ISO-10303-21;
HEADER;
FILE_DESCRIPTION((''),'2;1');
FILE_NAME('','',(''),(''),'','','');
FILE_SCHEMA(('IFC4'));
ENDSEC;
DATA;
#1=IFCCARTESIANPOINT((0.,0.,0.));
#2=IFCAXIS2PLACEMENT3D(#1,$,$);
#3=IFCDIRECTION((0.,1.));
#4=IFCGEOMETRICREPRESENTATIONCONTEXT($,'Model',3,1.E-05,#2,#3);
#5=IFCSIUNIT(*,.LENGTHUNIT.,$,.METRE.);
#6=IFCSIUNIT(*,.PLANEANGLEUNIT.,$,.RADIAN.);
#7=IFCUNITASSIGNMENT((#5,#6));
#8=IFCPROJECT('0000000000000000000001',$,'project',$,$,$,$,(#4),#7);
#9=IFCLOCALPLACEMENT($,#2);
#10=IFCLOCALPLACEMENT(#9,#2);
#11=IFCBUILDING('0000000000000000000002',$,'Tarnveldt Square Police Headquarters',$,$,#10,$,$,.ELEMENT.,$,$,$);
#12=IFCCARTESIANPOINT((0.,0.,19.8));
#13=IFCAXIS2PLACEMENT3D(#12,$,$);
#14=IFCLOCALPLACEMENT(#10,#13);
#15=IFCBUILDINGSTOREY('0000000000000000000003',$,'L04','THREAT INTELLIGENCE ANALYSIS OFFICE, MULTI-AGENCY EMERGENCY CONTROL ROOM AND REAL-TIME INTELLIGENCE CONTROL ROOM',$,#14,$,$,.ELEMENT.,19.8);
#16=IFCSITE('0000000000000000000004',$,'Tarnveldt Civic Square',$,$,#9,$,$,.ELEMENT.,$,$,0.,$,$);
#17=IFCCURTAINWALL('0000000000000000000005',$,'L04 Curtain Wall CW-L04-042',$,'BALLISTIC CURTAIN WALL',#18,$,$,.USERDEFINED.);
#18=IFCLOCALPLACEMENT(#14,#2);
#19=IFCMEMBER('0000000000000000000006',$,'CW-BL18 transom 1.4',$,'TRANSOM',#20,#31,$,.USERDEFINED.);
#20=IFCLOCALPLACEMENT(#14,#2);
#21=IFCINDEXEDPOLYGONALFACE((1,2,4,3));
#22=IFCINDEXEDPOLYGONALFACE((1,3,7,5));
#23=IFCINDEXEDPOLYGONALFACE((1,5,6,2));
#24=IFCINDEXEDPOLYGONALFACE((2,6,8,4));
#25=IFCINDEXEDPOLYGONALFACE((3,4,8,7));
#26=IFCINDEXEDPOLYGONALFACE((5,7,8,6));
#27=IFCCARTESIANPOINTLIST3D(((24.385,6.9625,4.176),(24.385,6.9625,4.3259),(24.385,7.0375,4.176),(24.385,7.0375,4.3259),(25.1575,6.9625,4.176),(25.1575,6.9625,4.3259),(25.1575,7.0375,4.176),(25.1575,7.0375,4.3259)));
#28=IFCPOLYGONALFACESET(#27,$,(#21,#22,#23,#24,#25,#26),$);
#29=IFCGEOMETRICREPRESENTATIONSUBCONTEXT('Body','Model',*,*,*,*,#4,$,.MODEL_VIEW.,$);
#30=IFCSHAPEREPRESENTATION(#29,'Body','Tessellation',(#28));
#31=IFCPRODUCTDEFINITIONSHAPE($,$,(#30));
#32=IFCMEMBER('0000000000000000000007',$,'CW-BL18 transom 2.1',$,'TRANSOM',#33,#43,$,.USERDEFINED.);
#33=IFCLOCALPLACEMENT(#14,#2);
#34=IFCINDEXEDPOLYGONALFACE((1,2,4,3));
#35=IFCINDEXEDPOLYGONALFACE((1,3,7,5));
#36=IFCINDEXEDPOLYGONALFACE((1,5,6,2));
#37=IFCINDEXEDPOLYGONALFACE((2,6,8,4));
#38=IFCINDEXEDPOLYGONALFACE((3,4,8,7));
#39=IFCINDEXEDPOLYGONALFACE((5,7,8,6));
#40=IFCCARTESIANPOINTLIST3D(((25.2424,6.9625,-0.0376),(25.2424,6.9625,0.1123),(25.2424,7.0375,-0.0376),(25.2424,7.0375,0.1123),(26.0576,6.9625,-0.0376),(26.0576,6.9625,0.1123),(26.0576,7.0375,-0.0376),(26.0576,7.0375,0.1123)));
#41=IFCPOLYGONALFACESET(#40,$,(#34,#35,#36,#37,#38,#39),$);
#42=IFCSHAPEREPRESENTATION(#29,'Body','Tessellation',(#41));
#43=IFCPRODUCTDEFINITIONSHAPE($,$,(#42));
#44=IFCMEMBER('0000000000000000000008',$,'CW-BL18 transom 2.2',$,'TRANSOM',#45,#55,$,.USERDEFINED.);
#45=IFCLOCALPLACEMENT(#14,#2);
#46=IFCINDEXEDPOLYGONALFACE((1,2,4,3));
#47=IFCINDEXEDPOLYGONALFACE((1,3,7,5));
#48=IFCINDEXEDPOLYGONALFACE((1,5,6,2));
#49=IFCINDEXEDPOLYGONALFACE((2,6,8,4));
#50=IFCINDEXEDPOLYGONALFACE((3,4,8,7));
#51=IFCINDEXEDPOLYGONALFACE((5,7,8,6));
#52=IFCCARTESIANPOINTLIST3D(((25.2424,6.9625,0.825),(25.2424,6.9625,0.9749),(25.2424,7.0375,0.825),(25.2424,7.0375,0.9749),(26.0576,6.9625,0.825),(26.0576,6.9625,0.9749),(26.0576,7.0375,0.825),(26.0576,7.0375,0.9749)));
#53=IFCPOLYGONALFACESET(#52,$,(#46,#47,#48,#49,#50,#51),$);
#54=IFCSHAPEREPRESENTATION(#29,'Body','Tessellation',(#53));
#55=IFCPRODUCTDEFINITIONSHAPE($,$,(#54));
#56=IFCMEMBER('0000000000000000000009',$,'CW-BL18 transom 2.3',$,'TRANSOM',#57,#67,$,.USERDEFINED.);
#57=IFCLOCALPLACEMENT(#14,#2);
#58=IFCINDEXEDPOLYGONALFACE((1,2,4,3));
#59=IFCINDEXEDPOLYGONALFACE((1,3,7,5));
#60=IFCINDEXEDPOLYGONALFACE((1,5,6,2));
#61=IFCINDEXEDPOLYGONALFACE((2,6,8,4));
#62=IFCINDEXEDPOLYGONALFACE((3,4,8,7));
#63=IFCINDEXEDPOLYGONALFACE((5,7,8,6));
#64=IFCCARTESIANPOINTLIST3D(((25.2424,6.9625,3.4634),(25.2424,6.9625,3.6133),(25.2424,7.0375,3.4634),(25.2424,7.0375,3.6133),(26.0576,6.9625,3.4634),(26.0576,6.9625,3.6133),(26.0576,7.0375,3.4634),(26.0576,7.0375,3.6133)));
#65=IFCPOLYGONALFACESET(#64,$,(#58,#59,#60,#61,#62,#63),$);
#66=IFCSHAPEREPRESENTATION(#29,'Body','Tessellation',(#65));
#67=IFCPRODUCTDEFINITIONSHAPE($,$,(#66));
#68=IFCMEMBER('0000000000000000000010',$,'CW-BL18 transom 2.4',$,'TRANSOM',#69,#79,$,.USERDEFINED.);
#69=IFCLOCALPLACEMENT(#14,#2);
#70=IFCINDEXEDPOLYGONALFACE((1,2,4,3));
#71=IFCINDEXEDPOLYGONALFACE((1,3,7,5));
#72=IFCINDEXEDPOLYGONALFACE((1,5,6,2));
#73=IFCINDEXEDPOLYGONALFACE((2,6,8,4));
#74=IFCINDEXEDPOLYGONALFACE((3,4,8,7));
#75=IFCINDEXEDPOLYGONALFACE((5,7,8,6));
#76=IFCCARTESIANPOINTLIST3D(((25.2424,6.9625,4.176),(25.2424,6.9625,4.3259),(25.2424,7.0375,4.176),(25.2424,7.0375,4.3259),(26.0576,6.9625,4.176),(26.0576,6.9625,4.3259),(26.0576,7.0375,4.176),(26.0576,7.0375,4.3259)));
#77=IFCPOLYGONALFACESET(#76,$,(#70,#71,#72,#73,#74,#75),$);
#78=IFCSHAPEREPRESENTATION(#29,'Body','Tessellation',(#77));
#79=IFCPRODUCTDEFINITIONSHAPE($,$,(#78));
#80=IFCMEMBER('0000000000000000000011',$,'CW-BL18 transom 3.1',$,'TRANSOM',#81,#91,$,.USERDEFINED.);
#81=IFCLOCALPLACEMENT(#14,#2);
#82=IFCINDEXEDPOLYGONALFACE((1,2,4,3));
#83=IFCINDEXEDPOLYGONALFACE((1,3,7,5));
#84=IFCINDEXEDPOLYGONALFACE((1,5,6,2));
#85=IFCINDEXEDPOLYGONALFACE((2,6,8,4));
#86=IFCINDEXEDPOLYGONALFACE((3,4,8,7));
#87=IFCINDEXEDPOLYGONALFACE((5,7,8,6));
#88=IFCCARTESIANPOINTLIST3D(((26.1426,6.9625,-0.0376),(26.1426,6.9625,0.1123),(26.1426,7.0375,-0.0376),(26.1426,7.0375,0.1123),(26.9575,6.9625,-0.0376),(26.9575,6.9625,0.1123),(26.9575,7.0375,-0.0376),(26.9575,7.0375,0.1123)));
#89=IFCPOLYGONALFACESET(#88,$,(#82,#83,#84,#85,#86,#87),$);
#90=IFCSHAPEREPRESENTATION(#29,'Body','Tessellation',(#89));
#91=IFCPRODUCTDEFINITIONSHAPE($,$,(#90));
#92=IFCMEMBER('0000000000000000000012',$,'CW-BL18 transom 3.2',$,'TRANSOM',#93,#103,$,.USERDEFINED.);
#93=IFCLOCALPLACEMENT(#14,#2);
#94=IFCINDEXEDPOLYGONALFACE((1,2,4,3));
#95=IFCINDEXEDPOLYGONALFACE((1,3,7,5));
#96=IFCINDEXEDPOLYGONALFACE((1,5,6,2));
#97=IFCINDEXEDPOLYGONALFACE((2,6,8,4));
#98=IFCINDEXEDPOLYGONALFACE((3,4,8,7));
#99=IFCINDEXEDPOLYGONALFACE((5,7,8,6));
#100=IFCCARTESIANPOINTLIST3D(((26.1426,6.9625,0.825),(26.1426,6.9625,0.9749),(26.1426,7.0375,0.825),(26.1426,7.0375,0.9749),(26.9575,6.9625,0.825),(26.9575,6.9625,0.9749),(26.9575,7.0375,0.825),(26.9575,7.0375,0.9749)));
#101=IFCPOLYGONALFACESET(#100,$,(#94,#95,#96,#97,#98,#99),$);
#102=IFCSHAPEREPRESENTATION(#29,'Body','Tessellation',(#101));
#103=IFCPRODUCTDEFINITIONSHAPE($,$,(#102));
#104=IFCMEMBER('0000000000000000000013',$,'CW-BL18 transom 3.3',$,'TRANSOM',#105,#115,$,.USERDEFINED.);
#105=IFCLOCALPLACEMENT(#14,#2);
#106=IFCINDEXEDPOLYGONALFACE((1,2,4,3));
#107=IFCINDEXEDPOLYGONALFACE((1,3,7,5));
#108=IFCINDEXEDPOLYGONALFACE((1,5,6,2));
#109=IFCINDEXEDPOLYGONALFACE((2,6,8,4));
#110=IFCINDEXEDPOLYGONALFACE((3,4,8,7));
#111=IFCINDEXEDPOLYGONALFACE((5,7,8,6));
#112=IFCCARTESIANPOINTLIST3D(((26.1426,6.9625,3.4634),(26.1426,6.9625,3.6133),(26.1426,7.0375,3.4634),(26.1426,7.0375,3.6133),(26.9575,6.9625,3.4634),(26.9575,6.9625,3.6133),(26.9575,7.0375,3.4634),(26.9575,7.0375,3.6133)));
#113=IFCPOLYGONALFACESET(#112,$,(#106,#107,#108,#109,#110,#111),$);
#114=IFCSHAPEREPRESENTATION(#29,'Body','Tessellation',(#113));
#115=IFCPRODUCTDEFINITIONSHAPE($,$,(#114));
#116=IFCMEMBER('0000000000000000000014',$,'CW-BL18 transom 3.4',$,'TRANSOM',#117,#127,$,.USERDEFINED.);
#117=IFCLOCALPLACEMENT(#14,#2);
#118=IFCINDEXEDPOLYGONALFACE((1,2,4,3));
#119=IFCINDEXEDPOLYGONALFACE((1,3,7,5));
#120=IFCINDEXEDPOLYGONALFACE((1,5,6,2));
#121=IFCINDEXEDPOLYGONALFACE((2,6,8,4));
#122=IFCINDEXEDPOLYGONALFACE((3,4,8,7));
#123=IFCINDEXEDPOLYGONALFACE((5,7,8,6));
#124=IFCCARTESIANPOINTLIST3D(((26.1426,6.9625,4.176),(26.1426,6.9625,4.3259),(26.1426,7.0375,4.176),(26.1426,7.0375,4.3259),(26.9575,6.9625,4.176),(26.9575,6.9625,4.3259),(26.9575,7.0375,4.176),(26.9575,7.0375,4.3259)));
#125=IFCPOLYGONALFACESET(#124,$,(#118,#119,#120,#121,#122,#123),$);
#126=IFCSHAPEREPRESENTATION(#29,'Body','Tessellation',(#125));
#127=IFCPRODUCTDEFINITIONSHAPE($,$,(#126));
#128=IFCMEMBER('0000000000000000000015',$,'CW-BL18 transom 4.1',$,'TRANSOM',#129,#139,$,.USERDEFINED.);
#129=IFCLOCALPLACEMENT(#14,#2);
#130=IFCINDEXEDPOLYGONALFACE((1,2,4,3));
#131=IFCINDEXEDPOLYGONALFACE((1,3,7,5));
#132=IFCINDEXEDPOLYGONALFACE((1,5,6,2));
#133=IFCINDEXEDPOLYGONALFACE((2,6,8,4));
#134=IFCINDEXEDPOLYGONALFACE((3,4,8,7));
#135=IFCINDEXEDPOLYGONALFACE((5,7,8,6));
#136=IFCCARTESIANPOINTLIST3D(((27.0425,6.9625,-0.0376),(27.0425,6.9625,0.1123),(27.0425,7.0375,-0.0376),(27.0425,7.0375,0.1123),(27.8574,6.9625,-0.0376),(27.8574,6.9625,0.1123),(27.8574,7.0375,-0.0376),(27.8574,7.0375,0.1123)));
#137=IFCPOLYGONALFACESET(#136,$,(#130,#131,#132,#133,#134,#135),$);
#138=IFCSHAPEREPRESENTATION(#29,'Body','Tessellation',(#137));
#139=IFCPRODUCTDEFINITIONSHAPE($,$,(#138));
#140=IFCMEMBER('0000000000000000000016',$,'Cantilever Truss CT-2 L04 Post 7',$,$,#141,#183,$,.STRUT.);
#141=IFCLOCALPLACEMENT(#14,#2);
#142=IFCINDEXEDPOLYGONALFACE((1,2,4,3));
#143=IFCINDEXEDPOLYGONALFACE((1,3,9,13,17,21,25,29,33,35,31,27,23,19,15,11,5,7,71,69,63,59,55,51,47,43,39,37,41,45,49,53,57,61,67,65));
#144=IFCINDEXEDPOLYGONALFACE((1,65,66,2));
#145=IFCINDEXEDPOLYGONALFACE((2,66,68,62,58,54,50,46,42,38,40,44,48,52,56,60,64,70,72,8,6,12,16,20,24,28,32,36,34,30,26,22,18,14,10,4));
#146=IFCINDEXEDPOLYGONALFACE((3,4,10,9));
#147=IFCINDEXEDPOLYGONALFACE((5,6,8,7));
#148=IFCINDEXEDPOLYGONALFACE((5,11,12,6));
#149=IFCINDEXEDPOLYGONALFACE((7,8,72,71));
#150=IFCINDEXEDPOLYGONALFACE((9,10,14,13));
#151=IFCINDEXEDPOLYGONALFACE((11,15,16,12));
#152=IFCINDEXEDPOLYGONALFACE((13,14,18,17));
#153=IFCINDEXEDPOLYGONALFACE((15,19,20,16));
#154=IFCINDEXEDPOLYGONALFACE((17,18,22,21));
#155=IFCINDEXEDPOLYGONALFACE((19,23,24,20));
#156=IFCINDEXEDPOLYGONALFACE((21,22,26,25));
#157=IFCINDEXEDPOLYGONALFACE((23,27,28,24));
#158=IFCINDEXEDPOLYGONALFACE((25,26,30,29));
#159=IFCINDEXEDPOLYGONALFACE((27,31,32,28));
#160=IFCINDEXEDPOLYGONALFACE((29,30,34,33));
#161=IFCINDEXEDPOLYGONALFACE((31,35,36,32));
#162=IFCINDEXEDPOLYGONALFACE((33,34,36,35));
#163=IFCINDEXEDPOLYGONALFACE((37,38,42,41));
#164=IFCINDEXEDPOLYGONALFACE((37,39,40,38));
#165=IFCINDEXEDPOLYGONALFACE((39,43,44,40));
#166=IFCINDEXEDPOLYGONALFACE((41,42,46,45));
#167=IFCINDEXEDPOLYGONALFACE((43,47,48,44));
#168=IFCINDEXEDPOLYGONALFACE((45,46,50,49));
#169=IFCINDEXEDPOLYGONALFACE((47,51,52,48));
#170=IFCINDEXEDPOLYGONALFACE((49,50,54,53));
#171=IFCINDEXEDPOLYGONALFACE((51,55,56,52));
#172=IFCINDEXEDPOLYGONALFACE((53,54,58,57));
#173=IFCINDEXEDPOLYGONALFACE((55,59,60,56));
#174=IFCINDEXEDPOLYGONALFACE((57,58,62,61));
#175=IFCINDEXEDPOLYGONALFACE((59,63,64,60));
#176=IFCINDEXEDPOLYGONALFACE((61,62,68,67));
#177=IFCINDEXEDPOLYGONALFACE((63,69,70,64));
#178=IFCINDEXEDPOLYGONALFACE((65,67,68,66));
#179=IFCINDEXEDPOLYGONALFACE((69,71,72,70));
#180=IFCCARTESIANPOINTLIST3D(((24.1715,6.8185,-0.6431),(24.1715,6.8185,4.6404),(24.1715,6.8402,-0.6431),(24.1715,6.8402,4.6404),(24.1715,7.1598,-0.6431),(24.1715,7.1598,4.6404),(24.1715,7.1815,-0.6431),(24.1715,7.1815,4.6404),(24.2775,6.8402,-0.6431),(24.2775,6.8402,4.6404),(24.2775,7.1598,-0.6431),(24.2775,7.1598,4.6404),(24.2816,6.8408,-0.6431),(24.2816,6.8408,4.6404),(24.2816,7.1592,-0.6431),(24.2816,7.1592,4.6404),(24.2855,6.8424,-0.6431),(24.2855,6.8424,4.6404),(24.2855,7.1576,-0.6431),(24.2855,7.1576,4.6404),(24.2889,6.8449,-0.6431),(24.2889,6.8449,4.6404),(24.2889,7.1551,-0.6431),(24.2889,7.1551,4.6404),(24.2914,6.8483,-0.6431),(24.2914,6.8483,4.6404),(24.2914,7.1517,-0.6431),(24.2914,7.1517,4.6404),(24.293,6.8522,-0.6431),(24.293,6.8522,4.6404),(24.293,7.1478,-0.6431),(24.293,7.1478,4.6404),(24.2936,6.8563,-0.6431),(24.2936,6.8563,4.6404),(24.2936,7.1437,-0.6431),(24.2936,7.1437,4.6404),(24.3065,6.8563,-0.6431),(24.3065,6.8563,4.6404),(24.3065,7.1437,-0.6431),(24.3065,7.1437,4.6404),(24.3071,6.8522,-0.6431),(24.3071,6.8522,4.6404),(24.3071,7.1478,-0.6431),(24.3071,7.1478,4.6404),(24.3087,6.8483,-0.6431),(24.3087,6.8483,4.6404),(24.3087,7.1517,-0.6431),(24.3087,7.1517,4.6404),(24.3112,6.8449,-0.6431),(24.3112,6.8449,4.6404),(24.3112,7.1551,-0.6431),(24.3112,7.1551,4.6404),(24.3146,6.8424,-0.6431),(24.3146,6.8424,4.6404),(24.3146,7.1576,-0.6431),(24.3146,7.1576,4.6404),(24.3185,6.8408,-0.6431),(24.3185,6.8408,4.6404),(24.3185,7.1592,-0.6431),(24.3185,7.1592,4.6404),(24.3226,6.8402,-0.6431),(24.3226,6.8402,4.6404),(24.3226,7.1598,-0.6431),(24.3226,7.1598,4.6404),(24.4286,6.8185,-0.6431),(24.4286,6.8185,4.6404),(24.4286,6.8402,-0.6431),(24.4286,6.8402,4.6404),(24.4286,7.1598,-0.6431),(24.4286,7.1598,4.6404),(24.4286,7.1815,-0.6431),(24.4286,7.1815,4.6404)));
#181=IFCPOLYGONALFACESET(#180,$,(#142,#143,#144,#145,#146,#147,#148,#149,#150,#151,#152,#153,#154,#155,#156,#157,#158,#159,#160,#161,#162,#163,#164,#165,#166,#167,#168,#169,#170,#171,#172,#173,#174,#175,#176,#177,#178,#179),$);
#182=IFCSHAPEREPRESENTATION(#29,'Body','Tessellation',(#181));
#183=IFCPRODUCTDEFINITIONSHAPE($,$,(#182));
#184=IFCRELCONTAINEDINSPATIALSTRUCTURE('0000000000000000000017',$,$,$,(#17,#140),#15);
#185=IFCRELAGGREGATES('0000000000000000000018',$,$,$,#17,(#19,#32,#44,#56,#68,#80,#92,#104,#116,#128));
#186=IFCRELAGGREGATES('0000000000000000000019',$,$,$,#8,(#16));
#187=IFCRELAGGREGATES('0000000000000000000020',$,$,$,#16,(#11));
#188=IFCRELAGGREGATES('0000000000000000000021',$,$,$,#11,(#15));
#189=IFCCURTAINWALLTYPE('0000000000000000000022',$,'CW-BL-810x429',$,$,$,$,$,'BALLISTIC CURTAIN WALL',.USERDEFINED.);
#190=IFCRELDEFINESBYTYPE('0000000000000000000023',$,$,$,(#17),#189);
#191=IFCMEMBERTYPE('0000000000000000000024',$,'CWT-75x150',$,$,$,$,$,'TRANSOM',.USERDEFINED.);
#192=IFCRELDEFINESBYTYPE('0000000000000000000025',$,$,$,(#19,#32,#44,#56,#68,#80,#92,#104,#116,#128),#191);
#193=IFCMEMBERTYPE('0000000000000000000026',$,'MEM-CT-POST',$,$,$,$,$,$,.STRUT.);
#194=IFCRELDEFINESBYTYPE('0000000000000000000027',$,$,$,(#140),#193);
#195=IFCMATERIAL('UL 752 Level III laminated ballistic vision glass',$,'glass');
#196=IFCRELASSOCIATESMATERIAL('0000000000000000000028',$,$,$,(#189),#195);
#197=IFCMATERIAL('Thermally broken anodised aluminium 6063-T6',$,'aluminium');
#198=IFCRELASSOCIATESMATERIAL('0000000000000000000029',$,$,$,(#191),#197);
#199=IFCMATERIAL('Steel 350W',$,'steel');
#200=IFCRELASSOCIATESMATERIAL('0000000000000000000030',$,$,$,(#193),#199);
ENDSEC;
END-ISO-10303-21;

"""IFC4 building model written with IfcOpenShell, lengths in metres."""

from ifc_helpers import new_model, si_unit, direction, frame, origin, origin_2d, place, context, subcontext, project, spatial, rectangle, i_section, extrude, material, material_profile, profile_set, type_object, element, aggregate, save


model = new_model("IFC4")

# Units and contexts
model_context = context("Model", 3, precision=1e-05, world=origin(), true_north=direction((0.0, 1.0)))
body_context = subcontext(model_context, "Body", "Model", "MODEL_VIEW")
ifc_project = project(units=[si_unit("LENGTHUNIT", "METRE"), si_unit("PLANEANGLEUNIT", "RADIAN")], contexts=[model_context])

# Site, building, storey
site_placement = place(None, origin())
site = spatial("IfcSite", under=ifc_project, at=site_placement, Name="Tarnveldt Civic Square", CompositionType="ELEMENT", RefElevation=0.0)
building_placement = place(site_placement, origin())
building = spatial("IfcBuilding", under=site, at=building_placement, Name="Tarnveldt Square Police Headquarters", CompositionType="ELEMENT")
storey_placement = place(building_placement, frame((0.0, 0.0, 19.8)))
storey = spatial("IfcBuildingStorey", under=building, at=storey_placement, Name="L04", Description="THREAT INTELLIGENCE ANALYSIS OFFICE, MULTI-AGENCY EMERGENCY CONTROL ROOM AND REAL-TIME INTELLIGENCE CONTROL ROOM", CompositionType="ELEMENT", Elevation=19.8)

# Shared definitions
ifc_material_1 = material(Name="Steel 350W", Category="steel")

# Curtain wall, members
ifc_material_2 = material(Name="UL 752 Level III laminated ballistic vision glass", Category="glass")
curtain_wall_type = type_object("IfcCurtainWallType", Name="CW-BL-810x429", ElementType="BALLISTIC CURTAIN WALL", PredefinedType="USERDEFINED", material=ifc_material_2)
curtain_wall_placement = place(storey_placement, origin())
curtain_wall = element("IfcCurtainWall", 1, at=curtain_wall_placement, inside=storey, type_object=curtain_wall_type, Name="L04 Curtain Wall CW-L04-042", ObjectType="BALLISTIC CURTAIN WALL", PredefinedType="USERDEFINED")
ifc_material_3 = material(Name="Thermally broken anodised aluminium 6063-T6", Category="aluminium")
ifc_material_profile_1 = material_profile(ifc_material_3, rectangle(XDim=0.075, YDim=0.1499, at=origin_2d()), Name="CW-T75x150")
ifc_profile_set_1 = profile_set([ifc_material_profile_1], Name="Thermally broken anodised aluminium 6063-T6")
member_type_1 = type_object("IfcMemberType", Name="CWT-75x150", ElementType="TRANSOM", PredefinedType="USERDEFINED", material=ifc_profile_set_1)
member_1_placement = place(storey_placement, frame((24.385, 7.0, 4.251), z_axis=(1.0, 0.0, 0.0), x_axis=(0.0, 1.0, 0.0)))
member_1 = element("IfcMember", 2, at=member_1_placement, type_object=member_type_1, Name="CW-BL18 transom 1.4", ObjectType="TRANSOM", PredefinedType="USERDEFINED", context=body_context, shape_type="SweptSolid", body=[
    extrude(rectangle(XDim=0.075, YDim=0.1499, at=origin_2d()), origin(), (0.0, 0.0, 1.0), 0.7725),
])
member_2_placement = place(storey_placement, frame((25.2424, 7.0, 0.0374), z_axis=(1.0, 0.0, 0.0), x_axis=(0.0, 1.0, 0.0)))
member_2 = element("IfcMember", 3, at=member_2_placement, type_object=member_type_1, Name="CW-BL18 transom 2.1", ObjectType="TRANSOM", PredefinedType="USERDEFINED", context=body_context, shape_type="SweptSolid", body=[
    extrude(rectangle(XDim=0.075, YDim=0.1499, at=origin_2d()), origin(), (0.0, 0.0, 1.0), 0.8152),
])
member_3_placement = place(storey_placement, frame((25.2424, 7.0, 0.8999), z_axis=(1.0, 0.0, 0.0), x_axis=(0.0, 1.0, 0.0)))
member_3 = element("IfcMember", 4, at=member_3_placement, type_object=member_type_1, Name="CW-BL18 transom 2.2", ObjectType="TRANSOM", PredefinedType="USERDEFINED", context=body_context, shape_type="SweptSolid", body=[
    extrude(rectangle(XDim=0.075, YDim=0.1499, at=origin_2d()), origin(), (0.0, 0.0, 1.0), 0.8152),
])
member_4_placement = place(storey_placement, frame((25.2424, 7.0, 3.5383), z_axis=(1.0, 0.0, 0.0), x_axis=(0.0, 1.0, 0.0)))
member_4 = element("IfcMember", 5, at=member_4_placement, type_object=member_type_1, Name="CW-BL18 transom 2.3", ObjectType="TRANSOM", PredefinedType="USERDEFINED", context=body_context, shape_type="SweptSolid", body=[
    extrude(rectangle(XDim=0.075, YDim=0.1499, at=origin_2d()), origin(), (0.0, 0.0, 1.0), 0.8152),
])
member_5_placement = place(storey_placement, frame((25.2424, 7.0, 4.251), z_axis=(1.0, 0.0, 0.0), x_axis=(0.0, 1.0, 0.0)))
member_5 = element("IfcMember", 6, at=member_5_placement, type_object=member_type_1, Name="CW-BL18 transom 2.4", ObjectType="TRANSOM", PredefinedType="USERDEFINED", context=body_context, shape_type="SweptSolid", body=[
    extrude(rectangle(XDim=0.075, YDim=0.1499, at=origin_2d()), origin(), (0.0, 0.0, 1.0), 0.8152),
])
member_6_placement = place(storey_placement, frame((26.1426, 7.0, 0.0374), z_axis=(1.0, 0.0, 0.0), x_axis=(0.0, 1.0, 0.0)))
member_6 = element("IfcMember", 7, at=member_6_placement, type_object=member_type_1, Name="CW-BL18 transom 3.1", ObjectType="TRANSOM", PredefinedType="USERDEFINED", context=body_context, shape_type="SweptSolid", body=[
    extrude(rectangle(XDim=0.075, YDim=0.1499, at=origin_2d()), origin(), (0.0, 0.0, 1.0), 0.8149),
])
member_7_placement = place(storey_placement, frame((26.1426, 7.0, 0.8999), z_axis=(1.0, 0.0, 0.0), x_axis=(0.0, 1.0, 0.0)))
member_7 = element("IfcMember", 8, at=member_7_placement, type_object=member_type_1, Name="CW-BL18 transom 3.2", ObjectType="TRANSOM", PredefinedType="USERDEFINED", context=body_context, shape_type="SweptSolid", body=[
    extrude(rectangle(XDim=0.075, YDim=0.1499, at=origin_2d()), origin(), (0.0, 0.0, 1.0), 0.8149),
])
member_8_placement = place(storey_placement, frame((26.1426, 7.0, 3.5383), z_axis=(1.0, 0.0, 0.0), x_axis=(0.0, 1.0, 0.0)))
member_8 = element("IfcMember", 9, at=member_8_placement, type_object=member_type_1, Name="CW-BL18 transom 3.3", ObjectType="TRANSOM", PredefinedType="USERDEFINED", context=body_context, shape_type="SweptSolid", body=[
    extrude(rectangle(XDim=0.075, YDim=0.1499, at=origin_2d()), origin(), (0.0, 0.0, 1.0), 0.8149),
])
member_9_placement = place(storey_placement, frame((26.1426, 7.0, 4.251), z_axis=(1.0, 0.0, 0.0), x_axis=(0.0, 1.0, 0.0)))
member_9 = element("IfcMember", 10, at=member_9_placement, type_object=member_type_1, Name="CW-BL18 transom 3.4", ObjectType="TRANSOM", PredefinedType="USERDEFINED", context=body_context, shape_type="SweptSolid", body=[
    extrude(rectangle(XDim=0.075, YDim=0.1499, at=origin_2d()), origin(), (0.0, 0.0, 1.0), 0.8149),
])
member_10_placement = place(storey_placement, frame((27.0425, 7.0, 0.0374), z_axis=(1.0, 0.0, 0.0), x_axis=(0.0, 1.0, 0.0)))
member_10 = element("IfcMember", 11, at=member_10_placement, type_object=member_type_1, Name="CW-BL18 transom 4.1", ObjectType="TRANSOM", PredefinedType="USERDEFINED", context=body_context, shape_type="SweptSolid", body=[
    extrude(rectangle(XDim=0.075, YDim=0.1499, at=origin_2d()), origin(), (0.0, 0.0, 1.0), 0.8149),
])

# Member
ifc_material_profile_2 = material_profile(ifc_material_1, i_section(OverallWidth=0.2571, OverallDepth=0.363, WebThickness=0.0129, FlangeThickness=0.0217, FilletRadius=0.0161, at=origin_2d()), Name="W360x122")
ifc_profile_set_2 = profile_set([ifc_material_profile_2], Name="Steel 350W")
member_type_2 = type_object("IfcMemberType", Name="MEM-CT-POST", PredefinedType="STRUT", material=ifc_profile_set_2)
member_11_placement = place(storey_placement, frame((24.3, 7.0, -0.6431), z_axis=(0.0, 0.0, 1.0), x_axis=(1.0, 0.0, 0.0)))
element("IfcMember", 12, at=member_11_placement, inside=storey, type_object=member_type_2, Name="Cantilever Truss CT-2 L04 Post 7", PredefinedType="STRUT", context=body_context, shape_type="SweptSolid", body=[
    extrude(i_section(OverallWidth=0.2571, OverallDepth=0.363, WebThickness=0.0129, FlangeThickness=0.0217, FilletRadius=0.0161, at=origin_2d()), origin(), (0.0, 0.0, 1.0), 5.2834),
])

aggregate(curtain_wall, [member_1, member_2, member_3, member_4, member_5, member_6, member_7, member_8, member_9, member_10])

save(model, "model.ifc")
